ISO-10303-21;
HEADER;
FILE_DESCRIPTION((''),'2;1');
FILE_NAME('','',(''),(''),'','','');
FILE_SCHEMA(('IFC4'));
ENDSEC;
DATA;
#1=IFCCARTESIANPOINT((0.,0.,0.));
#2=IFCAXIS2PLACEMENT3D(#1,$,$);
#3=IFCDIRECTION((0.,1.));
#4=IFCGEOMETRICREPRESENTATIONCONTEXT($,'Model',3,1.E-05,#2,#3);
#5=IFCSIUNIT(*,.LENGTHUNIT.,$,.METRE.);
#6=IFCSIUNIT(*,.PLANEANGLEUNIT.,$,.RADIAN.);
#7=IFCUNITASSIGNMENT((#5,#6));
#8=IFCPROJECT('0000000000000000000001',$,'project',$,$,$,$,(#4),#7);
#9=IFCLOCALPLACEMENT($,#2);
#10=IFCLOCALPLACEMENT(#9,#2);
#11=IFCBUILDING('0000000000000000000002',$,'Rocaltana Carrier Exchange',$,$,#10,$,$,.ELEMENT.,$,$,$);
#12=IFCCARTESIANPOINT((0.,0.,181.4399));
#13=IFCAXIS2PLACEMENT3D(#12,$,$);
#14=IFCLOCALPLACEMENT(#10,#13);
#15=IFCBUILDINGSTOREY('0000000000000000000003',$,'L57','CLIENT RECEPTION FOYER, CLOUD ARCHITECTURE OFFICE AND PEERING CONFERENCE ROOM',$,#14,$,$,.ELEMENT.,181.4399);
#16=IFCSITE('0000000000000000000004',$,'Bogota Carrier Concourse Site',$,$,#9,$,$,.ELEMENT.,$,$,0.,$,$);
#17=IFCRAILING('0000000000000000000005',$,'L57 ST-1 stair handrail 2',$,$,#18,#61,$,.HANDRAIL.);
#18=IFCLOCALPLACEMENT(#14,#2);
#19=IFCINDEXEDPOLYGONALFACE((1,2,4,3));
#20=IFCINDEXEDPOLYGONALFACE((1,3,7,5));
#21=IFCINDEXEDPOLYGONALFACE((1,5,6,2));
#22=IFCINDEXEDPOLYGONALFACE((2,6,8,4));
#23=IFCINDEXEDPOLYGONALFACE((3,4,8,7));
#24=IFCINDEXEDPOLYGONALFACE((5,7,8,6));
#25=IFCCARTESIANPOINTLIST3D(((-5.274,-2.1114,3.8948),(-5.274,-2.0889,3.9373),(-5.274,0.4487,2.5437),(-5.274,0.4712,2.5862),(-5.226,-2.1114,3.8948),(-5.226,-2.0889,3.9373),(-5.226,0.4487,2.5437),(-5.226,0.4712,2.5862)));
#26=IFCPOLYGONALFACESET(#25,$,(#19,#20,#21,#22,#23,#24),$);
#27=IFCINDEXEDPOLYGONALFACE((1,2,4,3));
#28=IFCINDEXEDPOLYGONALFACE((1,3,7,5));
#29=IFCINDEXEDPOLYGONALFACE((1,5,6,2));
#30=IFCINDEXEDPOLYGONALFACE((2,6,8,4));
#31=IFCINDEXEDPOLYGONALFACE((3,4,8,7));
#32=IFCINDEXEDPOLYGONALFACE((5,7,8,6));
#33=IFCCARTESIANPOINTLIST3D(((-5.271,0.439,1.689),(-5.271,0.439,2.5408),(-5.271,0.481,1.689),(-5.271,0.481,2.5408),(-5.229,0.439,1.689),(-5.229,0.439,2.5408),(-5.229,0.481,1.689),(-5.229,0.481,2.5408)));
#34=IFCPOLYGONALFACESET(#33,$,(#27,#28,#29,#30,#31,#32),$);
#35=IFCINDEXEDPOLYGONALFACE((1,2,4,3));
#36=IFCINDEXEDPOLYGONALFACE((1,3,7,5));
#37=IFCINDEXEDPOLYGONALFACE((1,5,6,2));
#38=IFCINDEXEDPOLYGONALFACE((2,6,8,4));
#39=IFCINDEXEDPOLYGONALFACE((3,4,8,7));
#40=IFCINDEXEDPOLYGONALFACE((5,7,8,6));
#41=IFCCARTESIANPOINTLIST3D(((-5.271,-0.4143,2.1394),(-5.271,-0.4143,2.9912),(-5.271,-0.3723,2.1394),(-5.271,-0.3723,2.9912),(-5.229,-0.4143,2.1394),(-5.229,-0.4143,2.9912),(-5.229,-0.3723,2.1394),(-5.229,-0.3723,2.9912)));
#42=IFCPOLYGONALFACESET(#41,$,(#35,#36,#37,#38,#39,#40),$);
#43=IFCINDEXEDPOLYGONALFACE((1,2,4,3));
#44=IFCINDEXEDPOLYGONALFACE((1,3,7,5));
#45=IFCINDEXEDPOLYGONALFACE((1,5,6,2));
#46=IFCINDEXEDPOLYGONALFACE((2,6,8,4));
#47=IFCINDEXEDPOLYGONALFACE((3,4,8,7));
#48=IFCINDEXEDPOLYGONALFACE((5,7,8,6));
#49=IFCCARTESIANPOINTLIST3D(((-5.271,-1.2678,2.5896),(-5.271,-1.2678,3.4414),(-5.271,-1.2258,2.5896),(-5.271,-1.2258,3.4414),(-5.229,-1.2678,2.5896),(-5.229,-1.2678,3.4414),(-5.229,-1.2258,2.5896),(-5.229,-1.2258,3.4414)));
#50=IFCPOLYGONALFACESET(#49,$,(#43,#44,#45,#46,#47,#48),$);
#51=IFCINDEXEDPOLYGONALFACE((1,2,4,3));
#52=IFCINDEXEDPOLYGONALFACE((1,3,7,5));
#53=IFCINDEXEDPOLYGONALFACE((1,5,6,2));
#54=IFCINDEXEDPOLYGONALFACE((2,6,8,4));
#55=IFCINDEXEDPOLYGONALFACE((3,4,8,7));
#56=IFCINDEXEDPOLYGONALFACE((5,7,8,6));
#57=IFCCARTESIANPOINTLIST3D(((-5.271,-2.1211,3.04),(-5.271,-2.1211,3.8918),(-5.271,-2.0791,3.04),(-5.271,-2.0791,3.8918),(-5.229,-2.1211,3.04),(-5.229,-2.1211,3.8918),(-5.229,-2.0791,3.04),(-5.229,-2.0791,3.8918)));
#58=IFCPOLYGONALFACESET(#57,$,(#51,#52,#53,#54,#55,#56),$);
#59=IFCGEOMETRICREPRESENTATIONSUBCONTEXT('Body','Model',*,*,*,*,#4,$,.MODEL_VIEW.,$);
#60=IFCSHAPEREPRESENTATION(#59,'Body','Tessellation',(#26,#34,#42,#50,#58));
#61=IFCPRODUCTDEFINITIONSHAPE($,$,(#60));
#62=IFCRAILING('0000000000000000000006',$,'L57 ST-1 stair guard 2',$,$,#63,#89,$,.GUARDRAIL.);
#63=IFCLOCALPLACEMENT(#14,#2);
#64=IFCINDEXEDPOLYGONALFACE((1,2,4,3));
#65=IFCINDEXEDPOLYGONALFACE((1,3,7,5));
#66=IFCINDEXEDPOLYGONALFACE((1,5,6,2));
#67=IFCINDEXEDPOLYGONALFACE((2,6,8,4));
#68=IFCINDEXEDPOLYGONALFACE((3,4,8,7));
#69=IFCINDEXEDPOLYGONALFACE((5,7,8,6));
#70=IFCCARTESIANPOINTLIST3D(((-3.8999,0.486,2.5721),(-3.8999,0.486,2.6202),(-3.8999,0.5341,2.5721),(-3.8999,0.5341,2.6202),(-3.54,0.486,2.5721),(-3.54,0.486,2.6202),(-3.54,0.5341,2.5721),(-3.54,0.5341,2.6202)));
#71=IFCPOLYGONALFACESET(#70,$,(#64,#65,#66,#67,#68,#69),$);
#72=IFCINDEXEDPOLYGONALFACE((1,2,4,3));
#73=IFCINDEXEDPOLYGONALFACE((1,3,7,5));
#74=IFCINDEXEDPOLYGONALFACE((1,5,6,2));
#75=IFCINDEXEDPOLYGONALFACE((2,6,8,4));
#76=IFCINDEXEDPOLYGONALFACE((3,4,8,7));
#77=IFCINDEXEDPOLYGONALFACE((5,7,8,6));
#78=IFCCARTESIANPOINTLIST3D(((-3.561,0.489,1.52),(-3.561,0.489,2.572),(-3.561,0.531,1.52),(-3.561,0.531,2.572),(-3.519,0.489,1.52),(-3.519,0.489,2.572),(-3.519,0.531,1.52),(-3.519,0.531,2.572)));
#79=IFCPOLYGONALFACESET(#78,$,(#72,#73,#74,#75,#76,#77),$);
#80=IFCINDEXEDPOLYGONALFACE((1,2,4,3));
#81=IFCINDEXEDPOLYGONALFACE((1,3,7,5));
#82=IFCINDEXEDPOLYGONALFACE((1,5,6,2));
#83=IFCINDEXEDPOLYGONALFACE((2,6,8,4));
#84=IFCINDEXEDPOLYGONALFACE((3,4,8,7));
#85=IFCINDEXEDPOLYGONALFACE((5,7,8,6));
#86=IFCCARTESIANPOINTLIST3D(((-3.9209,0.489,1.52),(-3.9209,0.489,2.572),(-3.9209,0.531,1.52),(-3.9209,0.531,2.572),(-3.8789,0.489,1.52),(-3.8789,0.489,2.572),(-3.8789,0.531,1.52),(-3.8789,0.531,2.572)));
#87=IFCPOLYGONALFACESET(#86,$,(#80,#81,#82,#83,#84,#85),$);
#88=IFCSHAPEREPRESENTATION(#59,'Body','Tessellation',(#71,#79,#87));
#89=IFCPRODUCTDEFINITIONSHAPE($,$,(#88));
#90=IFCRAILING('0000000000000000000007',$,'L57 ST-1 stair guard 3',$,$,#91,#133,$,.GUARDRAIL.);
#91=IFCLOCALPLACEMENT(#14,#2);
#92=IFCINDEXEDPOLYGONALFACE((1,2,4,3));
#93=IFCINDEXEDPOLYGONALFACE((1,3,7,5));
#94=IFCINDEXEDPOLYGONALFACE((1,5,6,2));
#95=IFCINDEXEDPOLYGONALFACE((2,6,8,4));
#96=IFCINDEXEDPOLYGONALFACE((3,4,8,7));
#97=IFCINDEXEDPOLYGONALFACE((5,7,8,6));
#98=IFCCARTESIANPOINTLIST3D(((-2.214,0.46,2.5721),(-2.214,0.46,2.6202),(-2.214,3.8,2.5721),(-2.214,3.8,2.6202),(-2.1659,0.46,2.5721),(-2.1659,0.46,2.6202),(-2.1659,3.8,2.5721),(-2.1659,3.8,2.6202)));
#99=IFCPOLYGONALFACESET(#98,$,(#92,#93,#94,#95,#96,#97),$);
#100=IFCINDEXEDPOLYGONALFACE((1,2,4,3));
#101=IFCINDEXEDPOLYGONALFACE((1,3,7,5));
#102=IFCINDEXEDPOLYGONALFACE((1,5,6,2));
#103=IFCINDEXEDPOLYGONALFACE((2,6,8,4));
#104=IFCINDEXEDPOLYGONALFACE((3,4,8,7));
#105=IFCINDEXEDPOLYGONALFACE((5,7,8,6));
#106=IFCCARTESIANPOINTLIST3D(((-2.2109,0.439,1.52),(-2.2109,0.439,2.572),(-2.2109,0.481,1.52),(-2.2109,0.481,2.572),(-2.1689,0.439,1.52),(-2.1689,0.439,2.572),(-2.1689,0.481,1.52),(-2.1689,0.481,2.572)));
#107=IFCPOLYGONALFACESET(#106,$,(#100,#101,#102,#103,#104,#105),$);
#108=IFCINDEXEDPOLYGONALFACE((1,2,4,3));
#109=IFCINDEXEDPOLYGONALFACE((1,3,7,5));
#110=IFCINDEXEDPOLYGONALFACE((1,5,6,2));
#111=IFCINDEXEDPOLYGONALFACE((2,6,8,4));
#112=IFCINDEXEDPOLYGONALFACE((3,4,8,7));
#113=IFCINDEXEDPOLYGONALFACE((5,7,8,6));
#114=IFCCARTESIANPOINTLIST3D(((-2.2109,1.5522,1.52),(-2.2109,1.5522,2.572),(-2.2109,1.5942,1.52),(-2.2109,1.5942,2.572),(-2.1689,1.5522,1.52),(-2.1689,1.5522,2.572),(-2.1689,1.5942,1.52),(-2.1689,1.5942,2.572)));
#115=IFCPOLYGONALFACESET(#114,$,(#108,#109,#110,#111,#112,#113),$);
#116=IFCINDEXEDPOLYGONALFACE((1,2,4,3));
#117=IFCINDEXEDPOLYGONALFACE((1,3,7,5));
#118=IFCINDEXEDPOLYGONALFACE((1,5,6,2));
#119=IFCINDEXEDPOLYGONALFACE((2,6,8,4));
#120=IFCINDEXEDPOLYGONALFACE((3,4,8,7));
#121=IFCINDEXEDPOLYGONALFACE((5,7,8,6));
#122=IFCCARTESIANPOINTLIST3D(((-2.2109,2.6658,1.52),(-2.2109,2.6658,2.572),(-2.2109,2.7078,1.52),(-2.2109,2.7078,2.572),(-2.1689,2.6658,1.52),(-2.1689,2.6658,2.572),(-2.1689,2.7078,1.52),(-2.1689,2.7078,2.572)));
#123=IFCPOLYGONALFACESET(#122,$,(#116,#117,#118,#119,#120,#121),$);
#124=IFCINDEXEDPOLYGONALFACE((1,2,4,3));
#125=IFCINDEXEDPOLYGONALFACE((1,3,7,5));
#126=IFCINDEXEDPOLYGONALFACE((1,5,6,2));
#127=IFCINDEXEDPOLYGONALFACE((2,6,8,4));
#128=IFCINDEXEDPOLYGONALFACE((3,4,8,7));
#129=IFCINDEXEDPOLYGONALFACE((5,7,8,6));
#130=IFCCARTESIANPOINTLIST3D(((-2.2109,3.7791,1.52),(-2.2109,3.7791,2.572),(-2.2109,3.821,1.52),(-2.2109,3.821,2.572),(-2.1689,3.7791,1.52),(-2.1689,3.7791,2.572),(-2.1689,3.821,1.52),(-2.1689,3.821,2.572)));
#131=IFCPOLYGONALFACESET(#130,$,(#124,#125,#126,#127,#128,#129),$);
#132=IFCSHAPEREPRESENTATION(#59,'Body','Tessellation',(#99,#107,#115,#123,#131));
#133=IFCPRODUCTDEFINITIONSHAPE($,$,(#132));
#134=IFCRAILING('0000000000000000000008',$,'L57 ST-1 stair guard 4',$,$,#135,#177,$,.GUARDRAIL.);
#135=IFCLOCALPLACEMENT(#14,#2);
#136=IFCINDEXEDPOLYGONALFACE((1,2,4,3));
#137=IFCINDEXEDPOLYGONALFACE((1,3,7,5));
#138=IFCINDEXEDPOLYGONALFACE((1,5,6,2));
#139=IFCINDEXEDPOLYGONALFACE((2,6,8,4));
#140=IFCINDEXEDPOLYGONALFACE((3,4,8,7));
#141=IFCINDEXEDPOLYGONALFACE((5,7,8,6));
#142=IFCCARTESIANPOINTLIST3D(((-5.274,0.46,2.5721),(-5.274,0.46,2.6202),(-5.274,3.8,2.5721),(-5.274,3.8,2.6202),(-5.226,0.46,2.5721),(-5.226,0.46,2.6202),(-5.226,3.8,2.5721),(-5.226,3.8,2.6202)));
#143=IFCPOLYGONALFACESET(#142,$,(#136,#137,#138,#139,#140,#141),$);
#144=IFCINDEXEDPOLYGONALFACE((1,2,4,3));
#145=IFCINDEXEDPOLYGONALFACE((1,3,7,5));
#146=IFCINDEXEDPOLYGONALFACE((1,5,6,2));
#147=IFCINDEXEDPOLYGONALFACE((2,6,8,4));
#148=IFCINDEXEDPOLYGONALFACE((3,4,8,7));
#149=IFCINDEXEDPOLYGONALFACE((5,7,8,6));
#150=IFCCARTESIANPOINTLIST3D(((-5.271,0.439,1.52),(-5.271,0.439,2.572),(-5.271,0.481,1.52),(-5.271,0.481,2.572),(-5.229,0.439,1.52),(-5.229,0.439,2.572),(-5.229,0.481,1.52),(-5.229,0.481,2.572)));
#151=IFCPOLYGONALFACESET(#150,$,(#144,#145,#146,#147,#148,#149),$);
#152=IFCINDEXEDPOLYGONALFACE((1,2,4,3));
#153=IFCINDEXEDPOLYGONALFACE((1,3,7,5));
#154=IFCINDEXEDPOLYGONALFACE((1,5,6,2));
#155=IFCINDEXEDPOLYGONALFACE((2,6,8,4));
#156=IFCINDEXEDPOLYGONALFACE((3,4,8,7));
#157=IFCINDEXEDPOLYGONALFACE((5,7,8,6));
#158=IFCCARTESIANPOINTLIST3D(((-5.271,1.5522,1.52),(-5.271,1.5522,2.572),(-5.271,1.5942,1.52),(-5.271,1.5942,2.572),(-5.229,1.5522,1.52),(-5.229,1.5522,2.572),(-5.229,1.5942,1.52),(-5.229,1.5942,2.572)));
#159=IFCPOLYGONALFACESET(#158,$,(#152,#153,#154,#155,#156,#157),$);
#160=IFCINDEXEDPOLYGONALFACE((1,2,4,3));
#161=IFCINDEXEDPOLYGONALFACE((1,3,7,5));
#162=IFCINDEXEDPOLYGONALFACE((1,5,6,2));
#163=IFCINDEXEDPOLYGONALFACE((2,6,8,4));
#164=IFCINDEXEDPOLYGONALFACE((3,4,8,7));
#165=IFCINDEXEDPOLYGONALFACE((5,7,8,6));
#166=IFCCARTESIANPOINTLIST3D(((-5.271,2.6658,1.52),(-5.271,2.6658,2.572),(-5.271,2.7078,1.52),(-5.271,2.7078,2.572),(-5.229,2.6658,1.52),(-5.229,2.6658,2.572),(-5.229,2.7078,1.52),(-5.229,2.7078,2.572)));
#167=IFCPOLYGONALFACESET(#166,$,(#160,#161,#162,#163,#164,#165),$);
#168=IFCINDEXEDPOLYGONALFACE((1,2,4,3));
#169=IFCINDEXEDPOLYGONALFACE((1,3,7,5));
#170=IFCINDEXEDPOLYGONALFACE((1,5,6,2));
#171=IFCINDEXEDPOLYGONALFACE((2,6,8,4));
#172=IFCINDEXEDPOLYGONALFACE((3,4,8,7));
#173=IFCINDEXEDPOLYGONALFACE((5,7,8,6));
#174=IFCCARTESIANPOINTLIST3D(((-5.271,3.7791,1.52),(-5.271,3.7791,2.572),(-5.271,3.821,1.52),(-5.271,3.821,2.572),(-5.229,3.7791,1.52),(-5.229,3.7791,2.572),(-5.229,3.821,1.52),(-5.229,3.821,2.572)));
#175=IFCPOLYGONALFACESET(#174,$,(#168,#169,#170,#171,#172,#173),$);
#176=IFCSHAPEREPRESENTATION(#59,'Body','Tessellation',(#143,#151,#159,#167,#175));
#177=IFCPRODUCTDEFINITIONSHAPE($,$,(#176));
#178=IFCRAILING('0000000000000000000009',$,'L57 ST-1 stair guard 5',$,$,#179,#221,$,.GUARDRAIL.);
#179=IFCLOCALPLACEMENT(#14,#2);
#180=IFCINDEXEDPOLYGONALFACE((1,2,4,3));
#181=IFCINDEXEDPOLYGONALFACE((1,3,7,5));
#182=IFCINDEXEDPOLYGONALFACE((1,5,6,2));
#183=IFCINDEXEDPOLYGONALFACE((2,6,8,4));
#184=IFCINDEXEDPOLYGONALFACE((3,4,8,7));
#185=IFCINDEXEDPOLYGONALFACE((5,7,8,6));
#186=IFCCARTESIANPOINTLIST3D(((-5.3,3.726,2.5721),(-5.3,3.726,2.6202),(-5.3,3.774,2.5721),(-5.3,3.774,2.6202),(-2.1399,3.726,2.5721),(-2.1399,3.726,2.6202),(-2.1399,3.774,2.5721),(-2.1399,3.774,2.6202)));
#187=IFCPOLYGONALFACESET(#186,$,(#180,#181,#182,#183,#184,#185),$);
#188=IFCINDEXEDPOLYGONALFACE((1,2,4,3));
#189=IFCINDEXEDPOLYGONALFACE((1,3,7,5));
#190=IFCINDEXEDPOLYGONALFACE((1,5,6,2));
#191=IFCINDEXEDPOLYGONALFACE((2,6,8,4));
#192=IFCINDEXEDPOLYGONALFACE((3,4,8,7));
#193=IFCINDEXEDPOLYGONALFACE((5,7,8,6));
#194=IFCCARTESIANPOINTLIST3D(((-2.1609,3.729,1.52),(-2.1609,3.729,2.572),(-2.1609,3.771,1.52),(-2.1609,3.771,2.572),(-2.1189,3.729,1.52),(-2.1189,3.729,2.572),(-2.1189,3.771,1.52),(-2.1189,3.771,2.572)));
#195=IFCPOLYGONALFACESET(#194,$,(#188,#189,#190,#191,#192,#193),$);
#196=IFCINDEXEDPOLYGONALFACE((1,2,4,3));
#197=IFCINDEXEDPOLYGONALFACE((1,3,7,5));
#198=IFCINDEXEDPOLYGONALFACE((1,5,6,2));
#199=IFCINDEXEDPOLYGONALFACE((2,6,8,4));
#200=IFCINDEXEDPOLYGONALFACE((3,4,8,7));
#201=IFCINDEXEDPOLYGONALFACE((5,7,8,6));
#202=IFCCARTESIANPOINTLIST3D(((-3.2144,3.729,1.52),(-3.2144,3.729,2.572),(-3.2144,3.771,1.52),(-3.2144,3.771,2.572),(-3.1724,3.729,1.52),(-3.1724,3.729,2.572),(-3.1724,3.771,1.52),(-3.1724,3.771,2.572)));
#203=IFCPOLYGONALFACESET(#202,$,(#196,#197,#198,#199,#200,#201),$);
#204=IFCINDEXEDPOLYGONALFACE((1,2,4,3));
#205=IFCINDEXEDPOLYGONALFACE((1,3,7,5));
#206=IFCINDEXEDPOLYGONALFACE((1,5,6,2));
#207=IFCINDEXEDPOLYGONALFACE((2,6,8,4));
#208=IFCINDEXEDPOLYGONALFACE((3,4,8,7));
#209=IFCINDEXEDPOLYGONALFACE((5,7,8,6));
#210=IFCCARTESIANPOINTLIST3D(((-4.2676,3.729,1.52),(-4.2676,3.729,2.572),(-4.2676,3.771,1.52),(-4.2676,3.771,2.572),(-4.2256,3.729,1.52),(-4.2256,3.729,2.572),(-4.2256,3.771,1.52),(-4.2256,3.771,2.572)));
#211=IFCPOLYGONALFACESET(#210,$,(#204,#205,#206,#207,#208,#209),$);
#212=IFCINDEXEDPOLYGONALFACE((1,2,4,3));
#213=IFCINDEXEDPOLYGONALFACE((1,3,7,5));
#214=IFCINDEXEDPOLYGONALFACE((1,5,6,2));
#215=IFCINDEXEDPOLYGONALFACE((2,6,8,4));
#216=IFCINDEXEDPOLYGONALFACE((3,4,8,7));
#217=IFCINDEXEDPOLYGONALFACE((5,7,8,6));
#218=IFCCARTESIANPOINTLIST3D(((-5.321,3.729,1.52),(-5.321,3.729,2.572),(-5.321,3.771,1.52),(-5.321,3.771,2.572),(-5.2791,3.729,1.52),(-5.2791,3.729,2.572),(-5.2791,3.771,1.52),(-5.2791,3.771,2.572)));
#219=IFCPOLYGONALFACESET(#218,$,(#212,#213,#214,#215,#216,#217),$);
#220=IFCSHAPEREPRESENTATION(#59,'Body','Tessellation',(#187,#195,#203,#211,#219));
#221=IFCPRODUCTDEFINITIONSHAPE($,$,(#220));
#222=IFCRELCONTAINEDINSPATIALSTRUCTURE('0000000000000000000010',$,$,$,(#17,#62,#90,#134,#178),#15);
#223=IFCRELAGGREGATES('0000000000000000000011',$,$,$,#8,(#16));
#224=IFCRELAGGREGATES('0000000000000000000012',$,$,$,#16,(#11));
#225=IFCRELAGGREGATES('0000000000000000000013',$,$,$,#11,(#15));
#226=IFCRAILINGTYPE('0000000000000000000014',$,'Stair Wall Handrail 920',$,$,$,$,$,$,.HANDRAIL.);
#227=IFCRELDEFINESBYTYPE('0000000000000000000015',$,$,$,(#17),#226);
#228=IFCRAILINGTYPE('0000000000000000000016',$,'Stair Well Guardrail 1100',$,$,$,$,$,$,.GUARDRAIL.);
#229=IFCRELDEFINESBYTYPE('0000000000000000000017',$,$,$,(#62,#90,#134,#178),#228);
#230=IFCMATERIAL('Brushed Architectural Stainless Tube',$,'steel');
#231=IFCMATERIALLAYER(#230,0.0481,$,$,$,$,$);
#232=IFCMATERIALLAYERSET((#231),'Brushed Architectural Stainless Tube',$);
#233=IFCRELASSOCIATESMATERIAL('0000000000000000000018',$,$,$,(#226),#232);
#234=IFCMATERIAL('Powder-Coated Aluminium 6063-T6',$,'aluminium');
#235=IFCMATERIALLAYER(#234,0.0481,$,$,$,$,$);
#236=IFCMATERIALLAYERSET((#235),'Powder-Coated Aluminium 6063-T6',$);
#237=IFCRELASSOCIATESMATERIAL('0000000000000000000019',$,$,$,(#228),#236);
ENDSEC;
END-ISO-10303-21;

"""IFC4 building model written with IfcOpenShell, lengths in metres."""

from ifc_helpers import new_model, si_unit, direction, frame, origin, origin_2d, place, context, subcontext, project, spatial, rectangle, extrude, material, layer, layer_set, type_object, element, save


model = new_model("IFC4")

# Units and contexts
model_context = context("Model", 3, precision=1e-05, world=origin(), true_north=direction((0.0, 1.0)))
body_context = subcontext(model_context, "Body", "Model", "MODEL_VIEW")
ifc_project = project(units=[si_unit("LENGTHUNIT", "METRE"), si_unit("PLANEANGLEUNIT", "RADIAN")], contexts=[model_context])

# Site, building, storey
site_placement = place(None, origin())
site = spatial("IfcSite", under=ifc_project, at=site_placement, Name="Bogota Carrier Concourse Site", CompositionType="ELEMENT", RefElevation=0.0)
building_placement = place(site_placement, origin())
building = spatial("IfcBuilding", under=site, at=building_placement, Name="Rocaltana Carrier Exchange", CompositionType="ELEMENT")
storey_placement = place(building_placement, frame((0.0, 0.0, 181.4399)))
storey = spatial("IfcBuildingStorey", under=building, at=storey_placement, Name="L57", Description="CLIENT RECEPTION FOYER, CLOUD ARCHITECTURE OFFICE AND PEERING CONFERENCE ROOM", CompositionType="ELEMENT", Elevation=181.4399)

# Railings
ifc_material_1 = material(Name="Brushed Architectural Stainless Tube", Category="steel")
ifc_layer_1 = layer(ifc_material_1, 0.0481)
ifc_layer_set_1 = layer_set([ifc_layer_1], Name="Brushed Architectural Stainless Tube")
railing_type_1 = type_object("IfcRailingType", Name="Stair Wall Handrail 920", PredefinedType="HANDRAIL", material=ifc_layer_set_1)
railing_1_placement = place(storey_placement, frame((-5.25, 0.46, 1.689)))
element("IfcRailing", 1, at=railing_1_placement, inside=storey, type_object=railing_type_1, Name="L57 ST-1 stair handrail 2", PredefinedType="HANDRAIL", context=body_context, shape_type="SweptSolid", body=[
    extrude(rectangle(XDim=0.0481, YDim=0.0481, at=origin_2d()), frame((0.0, 0.0, 0.876), z_axis=(0.0, -0.884394, 0.46674), x_axis=(1.0, 0.0, 0.0)), (0.0, 0.0, 1.0), 2.8948),
    extrude(rectangle(XDim=0.042, YDim=0.042, at=origin_2d()), origin(), (0.0, 0.0, 1.0), 0.8518),
    extrude(rectangle(XDim=0.042, YDim=0.042, at=origin_2d()), frame((0.0, -0.8533, 0.4504)), (0.0, 0.0, 1.0), 0.8518),
    extrude(rectangle(XDim=0.042, YDim=0.042, at=origin_2d()), frame((0.0, -1.7068, 0.9006)), (0.0, 0.0, 1.0), 0.8518),
    extrude(rectangle(XDim=0.042, YDim=0.042, at=origin_2d()), frame((0.0, -2.5601, 1.3511)), (0.0, 0.0, 1.0), 0.8518),
])
ifc_material_2 = material(Name="Powder-Coated Aluminium 6063-T6", Category="aluminium")
ifc_layer_2 = layer(ifc_material_2, 0.0481)
ifc_layer_set_2 = layer_set([ifc_layer_2], Name="Powder-Coated Aluminium 6063-T6")
railing_type_2 = type_object("IfcRailingType", Name="Stair Well Guardrail 1100", PredefinedType="GUARDRAIL", material=ifc_layer_set_2)
railing_2_placement = place(storey_placement, frame((-3.54, 0.51, 1.52)))
element("IfcRailing", 2, at=railing_2_placement, inside=storey, type_object=railing_type_2, Name="L57 ST-1 stair guard 2", PredefinedType="GUARDRAIL", context=body_context, shape_type="SweptSolid", body=[
    extrude(rectangle(XDim=0.0481, YDim=0.0481, at=origin_2d()), frame((0.0, 0.0, 1.0762), z_axis=(-1.0, 0.0, 0.0), x_axis=(0.0, -1.0, 0.0)), (0.0, 0.0, 1.0), 0.3599),
    extrude(rectangle(XDim=0.042, YDim=0.042, at=origin_2d()), origin(), (0.0, 0.0, 1.0), 1.052),
    extrude(rectangle(XDim=0.042, YDim=0.042, at=origin_2d()), frame((-0.3599, 0.0, 0.0)), (0.0, 0.0, 1.0), 1.052),
])
for number, where, name in (
    (3, (-2.1899, 0.46, 1.52), "L57 ST-1 stair guard 3"),
    (4, (-5.25, 0.46, 1.52), "L57 ST-1 stair guard 4"),
):
    element("IfcRailing", number, at=place(storey_placement, frame(where)), inside=storey, type_object=railing_type_2, Name=name, PredefinedType="GUARDRAIL", context=body_context, shape_type="SweptSolid", body=[
        extrude(rectangle(XDim=0.0481, YDim=0.0481, at=origin_2d()), frame((0.0, 0.0, 1.0762), z_axis=(0.0, 1.0, 0.0), x_axis=(-1.0, 0.0, 0.0)), (0.0, 0.0, 1.0), 3.3401),
        extrude(rectangle(XDim=0.042, YDim=0.042, at=origin_2d()), origin(), (0.0, 0.0, 1.0), 1.052),
        extrude(rectangle(XDim=0.042, YDim=0.042, at=origin_2d()), frame((0.0, 1.1133, 0.0)), (0.0, 0.0, 1.0), 1.052),
        extrude(rectangle(XDim=0.042, YDim=0.042, at=origin_2d()), frame((0.0, 2.2268, 0.0)), (0.0, 0.0, 1.0), 1.052),
        extrude(rectangle(XDim=0.042, YDim=0.042, at=origin_2d()), frame((0.0, 3.3401, 0.0)), (0.0, 0.0, 1.0), 1.052),
    ])
railing_3_placement = place(storey_placement, frame((-2.1399, 3.75, 1.52)))
element("IfcRailing", 5, at=railing_3_placement, inside=storey, type_object=railing_type_2, Name="L57 ST-1 stair guard 5", PredefinedType="GUARDRAIL", context=body_context, shape_type="SweptSolid", body=[
    extrude(rectangle(XDim=0.0481, YDim=0.0481, at=origin_2d()), frame((0.0, 0.0, 1.0762), z_axis=(-1.0, 0.0, 0.0), x_axis=(0.0, -1.0, 0.0)), (0.0, 0.0, 1.0), 3.1602),
    extrude(rectangle(XDim=0.042, YDim=0.042, at=origin_2d()), origin(), (0.0, 0.0, 1.0), 1.052),
    extrude(rectangle(XDim=0.042, YDim=0.042, at=origin_2d()), frame((-1.0535, 0.0, 0.0)), (0.0, 0.0, 1.0), 1.052),
    extrude(rectangle(XDim=0.042, YDim=0.042, at=origin_2d()), frame((-2.1067, 0.0, 0.0)), (0.0, 0.0, 1.0), 1.052),
    extrude(rectangle(XDim=0.042, YDim=0.042, at=origin_2d()), frame((-3.1602, 0.0, 0.0)), (0.0, 0.0, 1.0), 1.052),
])

save(model, "model.ifc")
